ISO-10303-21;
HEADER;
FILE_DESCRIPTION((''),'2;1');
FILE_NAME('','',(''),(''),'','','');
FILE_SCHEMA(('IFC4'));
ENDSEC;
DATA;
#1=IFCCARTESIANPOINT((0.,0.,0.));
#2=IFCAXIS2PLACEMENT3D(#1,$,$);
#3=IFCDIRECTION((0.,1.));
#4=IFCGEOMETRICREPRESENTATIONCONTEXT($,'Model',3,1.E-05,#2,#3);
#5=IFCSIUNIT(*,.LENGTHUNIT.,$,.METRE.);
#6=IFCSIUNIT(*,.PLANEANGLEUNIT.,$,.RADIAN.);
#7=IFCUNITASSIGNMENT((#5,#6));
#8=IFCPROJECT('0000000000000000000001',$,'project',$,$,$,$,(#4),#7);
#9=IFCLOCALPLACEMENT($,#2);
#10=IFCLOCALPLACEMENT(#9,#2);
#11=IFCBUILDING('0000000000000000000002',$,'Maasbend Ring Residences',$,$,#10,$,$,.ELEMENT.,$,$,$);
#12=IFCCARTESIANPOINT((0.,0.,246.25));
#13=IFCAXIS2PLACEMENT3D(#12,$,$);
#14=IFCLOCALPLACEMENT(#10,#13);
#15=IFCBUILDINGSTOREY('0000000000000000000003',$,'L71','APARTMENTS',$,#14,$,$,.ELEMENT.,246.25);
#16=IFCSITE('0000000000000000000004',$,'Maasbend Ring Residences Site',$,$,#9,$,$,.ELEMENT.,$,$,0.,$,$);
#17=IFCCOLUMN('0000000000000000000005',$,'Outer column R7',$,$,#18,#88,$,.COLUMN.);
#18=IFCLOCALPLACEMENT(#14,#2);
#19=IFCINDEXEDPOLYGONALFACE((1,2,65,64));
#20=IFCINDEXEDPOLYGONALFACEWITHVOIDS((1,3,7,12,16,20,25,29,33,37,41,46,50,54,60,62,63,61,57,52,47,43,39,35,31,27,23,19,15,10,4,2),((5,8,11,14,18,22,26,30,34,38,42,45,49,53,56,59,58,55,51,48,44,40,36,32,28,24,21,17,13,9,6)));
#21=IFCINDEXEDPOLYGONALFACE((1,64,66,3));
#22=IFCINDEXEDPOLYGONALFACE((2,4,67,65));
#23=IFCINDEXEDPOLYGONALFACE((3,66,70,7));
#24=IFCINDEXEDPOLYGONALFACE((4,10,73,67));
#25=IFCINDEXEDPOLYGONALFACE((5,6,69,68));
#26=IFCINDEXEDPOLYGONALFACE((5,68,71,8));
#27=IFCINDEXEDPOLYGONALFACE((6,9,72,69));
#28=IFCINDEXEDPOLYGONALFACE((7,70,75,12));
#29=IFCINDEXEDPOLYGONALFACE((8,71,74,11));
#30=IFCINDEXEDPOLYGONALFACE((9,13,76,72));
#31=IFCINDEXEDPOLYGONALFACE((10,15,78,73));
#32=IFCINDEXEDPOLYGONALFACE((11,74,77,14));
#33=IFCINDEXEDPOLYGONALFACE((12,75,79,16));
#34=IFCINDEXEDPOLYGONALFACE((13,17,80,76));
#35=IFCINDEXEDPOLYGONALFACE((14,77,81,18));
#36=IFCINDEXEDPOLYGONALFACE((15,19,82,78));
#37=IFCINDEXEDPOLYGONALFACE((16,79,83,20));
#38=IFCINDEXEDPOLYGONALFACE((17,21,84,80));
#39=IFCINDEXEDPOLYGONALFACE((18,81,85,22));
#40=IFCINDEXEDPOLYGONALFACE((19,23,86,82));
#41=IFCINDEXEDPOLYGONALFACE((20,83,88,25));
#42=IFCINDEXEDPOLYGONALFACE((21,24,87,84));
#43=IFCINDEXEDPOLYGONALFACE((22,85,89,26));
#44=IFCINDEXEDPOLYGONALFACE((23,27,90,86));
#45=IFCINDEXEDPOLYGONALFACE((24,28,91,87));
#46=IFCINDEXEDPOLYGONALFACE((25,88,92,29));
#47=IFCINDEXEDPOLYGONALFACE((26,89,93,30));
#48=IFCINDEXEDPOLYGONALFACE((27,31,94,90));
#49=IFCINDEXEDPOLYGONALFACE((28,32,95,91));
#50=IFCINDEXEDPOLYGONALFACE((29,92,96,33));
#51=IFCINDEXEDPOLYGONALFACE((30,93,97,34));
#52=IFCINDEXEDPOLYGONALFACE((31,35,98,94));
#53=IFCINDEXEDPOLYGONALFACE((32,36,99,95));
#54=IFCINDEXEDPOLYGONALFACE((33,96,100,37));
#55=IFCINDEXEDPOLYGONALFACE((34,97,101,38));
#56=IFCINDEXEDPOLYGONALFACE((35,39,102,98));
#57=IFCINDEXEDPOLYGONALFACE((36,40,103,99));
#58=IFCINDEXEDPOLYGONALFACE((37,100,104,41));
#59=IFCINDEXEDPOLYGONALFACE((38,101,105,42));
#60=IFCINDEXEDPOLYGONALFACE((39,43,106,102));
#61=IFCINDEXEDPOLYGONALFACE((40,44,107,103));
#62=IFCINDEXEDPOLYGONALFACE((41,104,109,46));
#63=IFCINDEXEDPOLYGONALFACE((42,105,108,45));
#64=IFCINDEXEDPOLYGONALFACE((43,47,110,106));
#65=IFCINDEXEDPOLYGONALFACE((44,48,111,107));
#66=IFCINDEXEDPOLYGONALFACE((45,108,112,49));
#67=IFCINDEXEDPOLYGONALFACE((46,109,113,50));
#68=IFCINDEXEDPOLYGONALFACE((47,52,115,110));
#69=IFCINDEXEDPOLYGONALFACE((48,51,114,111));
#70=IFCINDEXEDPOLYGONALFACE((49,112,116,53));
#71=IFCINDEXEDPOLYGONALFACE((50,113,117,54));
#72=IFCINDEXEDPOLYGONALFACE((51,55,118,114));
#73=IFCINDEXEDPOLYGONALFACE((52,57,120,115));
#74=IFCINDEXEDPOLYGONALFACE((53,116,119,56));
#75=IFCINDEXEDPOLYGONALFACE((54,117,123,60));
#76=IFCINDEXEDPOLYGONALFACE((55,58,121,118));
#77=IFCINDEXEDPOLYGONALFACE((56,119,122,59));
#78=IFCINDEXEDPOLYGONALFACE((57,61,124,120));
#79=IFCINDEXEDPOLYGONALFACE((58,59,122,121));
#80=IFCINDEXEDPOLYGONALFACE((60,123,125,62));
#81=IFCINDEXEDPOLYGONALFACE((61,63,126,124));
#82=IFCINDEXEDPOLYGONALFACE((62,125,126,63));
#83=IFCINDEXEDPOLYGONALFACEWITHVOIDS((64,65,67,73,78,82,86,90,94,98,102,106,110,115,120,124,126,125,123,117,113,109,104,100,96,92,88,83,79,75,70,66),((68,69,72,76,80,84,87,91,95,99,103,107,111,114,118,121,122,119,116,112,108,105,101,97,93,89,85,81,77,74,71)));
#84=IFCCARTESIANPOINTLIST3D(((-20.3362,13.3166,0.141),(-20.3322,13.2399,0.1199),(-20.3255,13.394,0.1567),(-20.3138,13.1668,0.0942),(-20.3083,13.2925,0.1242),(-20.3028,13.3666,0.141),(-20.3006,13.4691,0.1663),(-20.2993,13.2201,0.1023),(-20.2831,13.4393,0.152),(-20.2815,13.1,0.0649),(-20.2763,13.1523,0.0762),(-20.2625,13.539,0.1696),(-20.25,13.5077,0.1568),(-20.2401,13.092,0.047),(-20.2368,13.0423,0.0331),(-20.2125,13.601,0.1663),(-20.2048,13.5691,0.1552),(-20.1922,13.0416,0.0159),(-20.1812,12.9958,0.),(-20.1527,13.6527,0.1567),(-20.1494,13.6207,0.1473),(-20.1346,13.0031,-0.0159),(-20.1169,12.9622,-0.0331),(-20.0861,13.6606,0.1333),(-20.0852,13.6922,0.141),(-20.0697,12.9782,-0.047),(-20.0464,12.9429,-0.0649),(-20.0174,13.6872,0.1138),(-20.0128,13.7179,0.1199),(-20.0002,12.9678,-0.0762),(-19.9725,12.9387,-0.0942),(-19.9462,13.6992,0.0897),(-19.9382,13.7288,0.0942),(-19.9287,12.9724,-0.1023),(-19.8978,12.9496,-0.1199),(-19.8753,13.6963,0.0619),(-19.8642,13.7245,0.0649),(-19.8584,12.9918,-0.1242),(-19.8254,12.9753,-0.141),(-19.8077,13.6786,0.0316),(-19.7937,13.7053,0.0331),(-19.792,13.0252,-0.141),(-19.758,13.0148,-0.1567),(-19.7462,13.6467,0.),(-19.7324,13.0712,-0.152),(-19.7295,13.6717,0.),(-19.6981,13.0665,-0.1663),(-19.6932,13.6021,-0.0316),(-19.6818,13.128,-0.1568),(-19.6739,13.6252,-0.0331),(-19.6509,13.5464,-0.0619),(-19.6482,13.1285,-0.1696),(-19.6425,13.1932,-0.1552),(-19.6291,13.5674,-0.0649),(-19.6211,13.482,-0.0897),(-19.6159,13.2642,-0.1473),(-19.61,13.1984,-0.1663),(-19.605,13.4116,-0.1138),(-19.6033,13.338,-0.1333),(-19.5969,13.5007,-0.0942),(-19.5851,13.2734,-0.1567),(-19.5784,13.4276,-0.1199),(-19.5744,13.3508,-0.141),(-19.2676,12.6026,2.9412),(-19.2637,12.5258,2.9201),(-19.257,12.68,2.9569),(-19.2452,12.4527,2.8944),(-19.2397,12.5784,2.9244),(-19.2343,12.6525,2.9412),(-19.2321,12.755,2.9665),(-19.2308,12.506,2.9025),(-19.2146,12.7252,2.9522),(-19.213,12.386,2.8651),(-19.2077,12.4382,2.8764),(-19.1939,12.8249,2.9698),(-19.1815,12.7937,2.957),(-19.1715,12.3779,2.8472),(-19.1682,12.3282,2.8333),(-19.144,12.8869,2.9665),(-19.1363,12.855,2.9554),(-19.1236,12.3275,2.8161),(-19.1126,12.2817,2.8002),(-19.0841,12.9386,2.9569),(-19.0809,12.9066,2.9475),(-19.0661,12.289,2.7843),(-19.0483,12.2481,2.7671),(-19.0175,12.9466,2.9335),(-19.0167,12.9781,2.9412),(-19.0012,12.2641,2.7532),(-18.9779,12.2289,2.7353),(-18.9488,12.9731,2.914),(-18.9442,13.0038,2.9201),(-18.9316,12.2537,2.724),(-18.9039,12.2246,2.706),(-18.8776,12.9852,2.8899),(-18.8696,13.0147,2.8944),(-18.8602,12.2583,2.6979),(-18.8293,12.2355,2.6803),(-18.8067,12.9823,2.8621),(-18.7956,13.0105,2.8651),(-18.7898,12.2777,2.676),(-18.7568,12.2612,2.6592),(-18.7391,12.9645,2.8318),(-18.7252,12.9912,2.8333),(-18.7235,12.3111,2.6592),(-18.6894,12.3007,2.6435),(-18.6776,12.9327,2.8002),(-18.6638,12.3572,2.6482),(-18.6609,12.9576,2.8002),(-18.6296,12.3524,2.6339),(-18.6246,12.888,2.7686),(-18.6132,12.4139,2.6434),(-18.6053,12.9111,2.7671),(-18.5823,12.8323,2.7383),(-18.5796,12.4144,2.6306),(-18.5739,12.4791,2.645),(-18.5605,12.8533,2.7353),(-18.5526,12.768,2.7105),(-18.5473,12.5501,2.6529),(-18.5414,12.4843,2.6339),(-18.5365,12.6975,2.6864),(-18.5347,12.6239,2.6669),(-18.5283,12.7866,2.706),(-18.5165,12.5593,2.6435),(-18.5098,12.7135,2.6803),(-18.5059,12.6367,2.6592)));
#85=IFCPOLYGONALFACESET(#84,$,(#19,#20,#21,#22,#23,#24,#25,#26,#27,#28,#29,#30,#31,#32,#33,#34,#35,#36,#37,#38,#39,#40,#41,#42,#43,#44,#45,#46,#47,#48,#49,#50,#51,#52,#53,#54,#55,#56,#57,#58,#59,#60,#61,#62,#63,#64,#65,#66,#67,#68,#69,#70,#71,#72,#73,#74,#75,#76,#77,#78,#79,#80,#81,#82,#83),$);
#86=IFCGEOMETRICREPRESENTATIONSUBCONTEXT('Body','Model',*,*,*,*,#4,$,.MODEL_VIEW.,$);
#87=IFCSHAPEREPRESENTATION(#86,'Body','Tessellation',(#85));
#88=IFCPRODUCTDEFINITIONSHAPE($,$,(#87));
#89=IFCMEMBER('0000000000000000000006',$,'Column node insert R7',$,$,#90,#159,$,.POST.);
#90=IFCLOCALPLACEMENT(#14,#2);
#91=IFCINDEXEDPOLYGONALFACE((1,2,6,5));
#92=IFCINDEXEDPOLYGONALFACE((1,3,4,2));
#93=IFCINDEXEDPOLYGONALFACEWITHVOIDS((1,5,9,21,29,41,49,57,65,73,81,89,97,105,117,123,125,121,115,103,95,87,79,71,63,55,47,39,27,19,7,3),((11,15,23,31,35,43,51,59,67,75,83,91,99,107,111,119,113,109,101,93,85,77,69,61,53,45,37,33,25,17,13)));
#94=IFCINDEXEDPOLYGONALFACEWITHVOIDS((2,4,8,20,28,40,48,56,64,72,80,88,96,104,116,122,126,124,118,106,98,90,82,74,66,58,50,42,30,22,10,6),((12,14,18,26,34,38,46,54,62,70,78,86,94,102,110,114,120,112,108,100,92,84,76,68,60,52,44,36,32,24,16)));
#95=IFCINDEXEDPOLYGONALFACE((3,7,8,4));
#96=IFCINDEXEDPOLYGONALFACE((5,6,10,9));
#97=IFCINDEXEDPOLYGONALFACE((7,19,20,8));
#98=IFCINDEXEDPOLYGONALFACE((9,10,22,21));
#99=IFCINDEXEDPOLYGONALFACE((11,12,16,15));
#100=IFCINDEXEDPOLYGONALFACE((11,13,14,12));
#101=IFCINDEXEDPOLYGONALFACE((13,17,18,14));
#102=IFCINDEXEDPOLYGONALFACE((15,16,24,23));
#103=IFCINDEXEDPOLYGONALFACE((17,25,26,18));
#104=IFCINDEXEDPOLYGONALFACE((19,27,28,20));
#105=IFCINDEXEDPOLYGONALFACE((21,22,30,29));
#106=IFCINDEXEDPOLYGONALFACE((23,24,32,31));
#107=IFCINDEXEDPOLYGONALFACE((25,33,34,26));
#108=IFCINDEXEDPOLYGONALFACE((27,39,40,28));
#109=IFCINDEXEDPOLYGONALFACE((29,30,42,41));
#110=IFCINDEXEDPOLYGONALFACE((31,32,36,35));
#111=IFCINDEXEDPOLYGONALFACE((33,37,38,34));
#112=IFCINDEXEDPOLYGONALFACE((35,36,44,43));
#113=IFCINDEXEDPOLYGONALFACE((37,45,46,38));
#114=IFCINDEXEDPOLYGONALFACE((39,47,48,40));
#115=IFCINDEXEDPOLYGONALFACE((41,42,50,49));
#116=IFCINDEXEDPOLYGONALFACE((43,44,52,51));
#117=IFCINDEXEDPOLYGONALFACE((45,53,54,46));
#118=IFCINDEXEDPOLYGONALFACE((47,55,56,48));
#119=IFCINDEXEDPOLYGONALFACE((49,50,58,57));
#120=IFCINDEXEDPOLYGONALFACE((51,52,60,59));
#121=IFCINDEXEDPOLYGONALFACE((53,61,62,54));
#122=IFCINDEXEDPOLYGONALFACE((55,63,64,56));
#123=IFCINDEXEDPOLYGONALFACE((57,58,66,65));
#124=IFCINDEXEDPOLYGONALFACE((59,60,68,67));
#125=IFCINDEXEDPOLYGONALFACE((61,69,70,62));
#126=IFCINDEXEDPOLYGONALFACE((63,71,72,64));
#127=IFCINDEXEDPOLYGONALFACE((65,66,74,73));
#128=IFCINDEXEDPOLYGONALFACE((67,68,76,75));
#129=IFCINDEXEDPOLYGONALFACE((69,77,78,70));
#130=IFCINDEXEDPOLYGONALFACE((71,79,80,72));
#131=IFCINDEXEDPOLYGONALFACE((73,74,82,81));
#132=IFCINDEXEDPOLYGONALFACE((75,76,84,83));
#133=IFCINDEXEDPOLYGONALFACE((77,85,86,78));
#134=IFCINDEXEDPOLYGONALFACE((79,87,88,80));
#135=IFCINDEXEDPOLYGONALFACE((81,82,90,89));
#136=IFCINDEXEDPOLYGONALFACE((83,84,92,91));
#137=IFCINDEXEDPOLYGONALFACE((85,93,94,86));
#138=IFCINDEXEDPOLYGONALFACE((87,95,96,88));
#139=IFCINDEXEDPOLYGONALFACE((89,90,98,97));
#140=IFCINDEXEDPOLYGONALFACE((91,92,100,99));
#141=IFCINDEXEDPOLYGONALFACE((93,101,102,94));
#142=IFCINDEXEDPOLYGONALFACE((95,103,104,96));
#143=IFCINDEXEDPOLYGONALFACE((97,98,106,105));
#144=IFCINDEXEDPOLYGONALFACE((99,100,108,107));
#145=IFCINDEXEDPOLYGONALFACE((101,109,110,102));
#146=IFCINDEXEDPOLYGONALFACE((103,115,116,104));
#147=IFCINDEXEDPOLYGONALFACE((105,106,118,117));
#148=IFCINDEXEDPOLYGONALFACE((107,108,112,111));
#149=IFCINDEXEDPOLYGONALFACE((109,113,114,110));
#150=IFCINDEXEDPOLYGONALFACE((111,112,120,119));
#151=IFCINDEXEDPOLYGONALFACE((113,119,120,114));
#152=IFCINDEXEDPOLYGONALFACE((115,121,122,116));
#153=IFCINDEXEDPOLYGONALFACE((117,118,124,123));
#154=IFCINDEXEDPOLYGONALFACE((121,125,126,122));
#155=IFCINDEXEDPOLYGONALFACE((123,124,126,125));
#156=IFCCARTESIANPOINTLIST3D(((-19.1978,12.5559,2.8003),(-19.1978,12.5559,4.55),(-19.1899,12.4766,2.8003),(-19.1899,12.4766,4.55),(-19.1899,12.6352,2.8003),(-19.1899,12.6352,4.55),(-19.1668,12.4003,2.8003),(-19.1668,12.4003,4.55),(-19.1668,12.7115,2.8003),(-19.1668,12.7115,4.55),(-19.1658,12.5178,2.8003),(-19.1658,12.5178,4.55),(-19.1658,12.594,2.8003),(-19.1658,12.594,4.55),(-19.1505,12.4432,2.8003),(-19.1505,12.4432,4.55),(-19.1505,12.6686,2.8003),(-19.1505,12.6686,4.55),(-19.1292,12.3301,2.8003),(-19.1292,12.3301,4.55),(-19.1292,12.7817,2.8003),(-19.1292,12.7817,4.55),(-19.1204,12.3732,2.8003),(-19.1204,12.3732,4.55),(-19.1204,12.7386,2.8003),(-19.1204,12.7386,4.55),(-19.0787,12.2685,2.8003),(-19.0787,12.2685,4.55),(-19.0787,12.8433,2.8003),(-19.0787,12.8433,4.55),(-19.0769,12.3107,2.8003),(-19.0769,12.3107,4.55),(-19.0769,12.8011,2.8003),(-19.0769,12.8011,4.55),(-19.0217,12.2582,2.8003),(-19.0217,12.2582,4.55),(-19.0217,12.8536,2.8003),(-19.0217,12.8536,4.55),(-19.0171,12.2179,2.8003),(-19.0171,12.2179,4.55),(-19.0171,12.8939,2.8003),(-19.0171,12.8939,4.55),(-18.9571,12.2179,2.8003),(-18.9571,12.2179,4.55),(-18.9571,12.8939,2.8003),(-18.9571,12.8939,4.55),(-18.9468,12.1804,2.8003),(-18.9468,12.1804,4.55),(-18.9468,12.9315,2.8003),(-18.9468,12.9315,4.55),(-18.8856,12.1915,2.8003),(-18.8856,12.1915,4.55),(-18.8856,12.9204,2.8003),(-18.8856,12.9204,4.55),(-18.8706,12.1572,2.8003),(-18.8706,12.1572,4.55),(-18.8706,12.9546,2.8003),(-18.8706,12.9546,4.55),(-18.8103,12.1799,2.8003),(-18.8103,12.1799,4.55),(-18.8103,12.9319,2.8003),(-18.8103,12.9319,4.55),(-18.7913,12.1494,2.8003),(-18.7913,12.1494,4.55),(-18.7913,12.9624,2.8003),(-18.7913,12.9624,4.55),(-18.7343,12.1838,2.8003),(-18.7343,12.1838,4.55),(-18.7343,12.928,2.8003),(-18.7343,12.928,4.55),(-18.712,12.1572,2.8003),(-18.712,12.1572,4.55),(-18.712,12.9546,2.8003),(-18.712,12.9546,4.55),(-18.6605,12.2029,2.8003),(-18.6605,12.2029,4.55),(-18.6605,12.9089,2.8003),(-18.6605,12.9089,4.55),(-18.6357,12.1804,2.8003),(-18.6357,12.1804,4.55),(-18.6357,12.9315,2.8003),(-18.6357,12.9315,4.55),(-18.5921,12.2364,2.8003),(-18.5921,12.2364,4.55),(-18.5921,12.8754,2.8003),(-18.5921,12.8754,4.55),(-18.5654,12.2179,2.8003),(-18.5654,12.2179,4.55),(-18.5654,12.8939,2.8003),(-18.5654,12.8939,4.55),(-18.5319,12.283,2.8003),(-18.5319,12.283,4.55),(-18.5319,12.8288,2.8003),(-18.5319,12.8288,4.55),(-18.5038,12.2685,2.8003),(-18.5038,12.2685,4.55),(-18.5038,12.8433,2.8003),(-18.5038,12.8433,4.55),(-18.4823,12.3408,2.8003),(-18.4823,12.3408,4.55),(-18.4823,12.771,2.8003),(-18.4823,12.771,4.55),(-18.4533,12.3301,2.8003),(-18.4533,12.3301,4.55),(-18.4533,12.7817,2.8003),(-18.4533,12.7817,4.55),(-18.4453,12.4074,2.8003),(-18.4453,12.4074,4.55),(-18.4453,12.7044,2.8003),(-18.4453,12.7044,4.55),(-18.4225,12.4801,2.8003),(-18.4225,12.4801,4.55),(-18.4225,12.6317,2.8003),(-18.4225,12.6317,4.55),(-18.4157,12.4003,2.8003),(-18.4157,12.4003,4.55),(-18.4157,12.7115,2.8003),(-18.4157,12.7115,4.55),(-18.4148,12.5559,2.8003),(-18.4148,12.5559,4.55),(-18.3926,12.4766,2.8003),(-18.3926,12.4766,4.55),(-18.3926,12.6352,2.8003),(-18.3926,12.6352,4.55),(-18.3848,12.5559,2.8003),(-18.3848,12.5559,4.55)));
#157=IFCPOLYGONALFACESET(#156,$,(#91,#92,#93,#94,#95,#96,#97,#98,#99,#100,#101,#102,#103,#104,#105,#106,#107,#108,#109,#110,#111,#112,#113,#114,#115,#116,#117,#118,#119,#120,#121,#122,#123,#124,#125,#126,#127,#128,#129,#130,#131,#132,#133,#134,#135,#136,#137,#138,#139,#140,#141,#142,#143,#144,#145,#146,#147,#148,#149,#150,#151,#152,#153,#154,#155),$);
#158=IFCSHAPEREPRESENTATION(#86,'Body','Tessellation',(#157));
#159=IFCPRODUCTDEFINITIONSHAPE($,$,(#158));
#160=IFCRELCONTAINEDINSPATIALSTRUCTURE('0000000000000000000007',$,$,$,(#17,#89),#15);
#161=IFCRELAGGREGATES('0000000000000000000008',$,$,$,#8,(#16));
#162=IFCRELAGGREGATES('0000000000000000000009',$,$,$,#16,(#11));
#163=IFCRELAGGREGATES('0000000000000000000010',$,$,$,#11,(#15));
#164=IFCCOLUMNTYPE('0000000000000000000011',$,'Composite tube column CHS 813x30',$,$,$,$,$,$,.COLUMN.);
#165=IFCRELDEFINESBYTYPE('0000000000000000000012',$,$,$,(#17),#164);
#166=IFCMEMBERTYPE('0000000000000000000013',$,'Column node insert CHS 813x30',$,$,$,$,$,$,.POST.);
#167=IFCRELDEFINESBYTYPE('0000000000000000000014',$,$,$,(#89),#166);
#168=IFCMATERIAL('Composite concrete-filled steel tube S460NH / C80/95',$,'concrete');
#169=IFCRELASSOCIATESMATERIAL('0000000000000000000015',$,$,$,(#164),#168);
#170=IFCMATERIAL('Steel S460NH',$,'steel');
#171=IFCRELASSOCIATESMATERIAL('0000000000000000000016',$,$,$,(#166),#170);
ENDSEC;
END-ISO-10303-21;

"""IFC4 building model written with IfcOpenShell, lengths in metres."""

from ifc_helpers import new_model, si_unit, direction, frame, origin, origin_2d, place, context, subcontext, project, spatial, hollow_circle, extrude, material, material_profile, profile_set, type_object, element, save


model = new_model("IFC4")

# Units and contexts
model_context = context("Model", 3, precision=1e-05, world=origin(), true_north=direction((0.0, 1.0)))
body_context = subcontext(model_context, "Body", "Model", "MODEL_VIEW")
ifc_project = project(units=[si_unit("LENGTHUNIT", "METRE"), si_unit("PLANEANGLEUNIT", "RADIAN")], contexts=[model_context])

# Site, building, storey
site_placement = place(None, origin())
site = spatial("IfcSite", under=ifc_project, at=site_placement, Name="Maasbend Ring Residences Site", CompositionType="ELEMENT", RefElevation=0.0)
building_placement = place(site_placement, origin())
building = spatial("IfcBuilding", under=site, at=building_placement, Name="Maasbend Ring Residences", CompositionType="ELEMENT")
storey_placement = place(building_placement, frame((0.0, 0.0, 246.25)))
storey = spatial("IfcBuildingStorey", under=building, at=storey_placement, Name="L71", Description="APARTMENTS", CompositionType="ELEMENT", Elevation=246.25)

# Column
ifc_material_1 = material(Name="Composite concrete-filled steel tube S460NH / C80/95", Category="concrete")
ifc_material_profile_1 = material_profile(ifc_material_1, hollow_circle(Radius=0.4065, WallThickness=0.03, at=origin_2d()), Name="Composite tube column CHS 813x30")
ifc_profile_set_1 = profile_set([ifc_material_profile_1], Name="Composite concrete-filled steel tube S460NH / C80/95")
column_type = type_object("IfcColumnType", Name="Composite tube column CHS 813x30", PredefinedType="COLUMN", material=ifc_profile_set_1)
column_placement = place(storey_placement, frame((-19.9553, 13.3337, 0.0), z_axis=(0.346819, -0.231767, 0.908846), x_axis=(0.55562, 0.831436, 0.0)))
element("IfcColumn", 1, at=column_placement, inside=storey, type_object=column_type, Name="Outer column R7", PredefinedType="COLUMN", context=body_context, shape_type="SweptSolid", body=[
    extrude(hollow_circle(Radius=0.4065, WallThickness=0.03, at=origin_2d()), origin(), (0.0, 0.0, 1.0), 3.0811),
])

# Member
ifc_material_2 = material(Name="Steel S460NH", Category="steel")
ifc_material_profile_2 = material_profile(ifc_material_2, hollow_circle(Radius=0.4065, WallThickness=0.03, at=origin_2d()), Name="Column node insert CHS 813x30")
ifc_profile_set_2 = profile_set([ifc_material_profile_2], Name="Steel S460NH")
member_type = type_object("IfcMemberType", Name="Column node insert CHS 813x30", PredefinedType="POST", material=ifc_profile_set_2)
member_placement = place(storey_placement, frame((-18.7913, 12.5559, 2.8003), z_axis=(0.0, 0.0, 1.0), x_axis=(1.0, 0.0, 0.0)))
element("IfcMember", 2, at=member_placement, inside=storey, type_object=member_type, Name="Column node insert R7", PredefinedType="POST", context=body_context, shape_type="SweptSolid", body=[
    extrude(hollow_circle(Radius=0.4065, WallThickness=0.03, at=origin_2d()), origin(), (0.0, 0.0, 1.0), 1.7498),
])

save(model, "model.ifc")
